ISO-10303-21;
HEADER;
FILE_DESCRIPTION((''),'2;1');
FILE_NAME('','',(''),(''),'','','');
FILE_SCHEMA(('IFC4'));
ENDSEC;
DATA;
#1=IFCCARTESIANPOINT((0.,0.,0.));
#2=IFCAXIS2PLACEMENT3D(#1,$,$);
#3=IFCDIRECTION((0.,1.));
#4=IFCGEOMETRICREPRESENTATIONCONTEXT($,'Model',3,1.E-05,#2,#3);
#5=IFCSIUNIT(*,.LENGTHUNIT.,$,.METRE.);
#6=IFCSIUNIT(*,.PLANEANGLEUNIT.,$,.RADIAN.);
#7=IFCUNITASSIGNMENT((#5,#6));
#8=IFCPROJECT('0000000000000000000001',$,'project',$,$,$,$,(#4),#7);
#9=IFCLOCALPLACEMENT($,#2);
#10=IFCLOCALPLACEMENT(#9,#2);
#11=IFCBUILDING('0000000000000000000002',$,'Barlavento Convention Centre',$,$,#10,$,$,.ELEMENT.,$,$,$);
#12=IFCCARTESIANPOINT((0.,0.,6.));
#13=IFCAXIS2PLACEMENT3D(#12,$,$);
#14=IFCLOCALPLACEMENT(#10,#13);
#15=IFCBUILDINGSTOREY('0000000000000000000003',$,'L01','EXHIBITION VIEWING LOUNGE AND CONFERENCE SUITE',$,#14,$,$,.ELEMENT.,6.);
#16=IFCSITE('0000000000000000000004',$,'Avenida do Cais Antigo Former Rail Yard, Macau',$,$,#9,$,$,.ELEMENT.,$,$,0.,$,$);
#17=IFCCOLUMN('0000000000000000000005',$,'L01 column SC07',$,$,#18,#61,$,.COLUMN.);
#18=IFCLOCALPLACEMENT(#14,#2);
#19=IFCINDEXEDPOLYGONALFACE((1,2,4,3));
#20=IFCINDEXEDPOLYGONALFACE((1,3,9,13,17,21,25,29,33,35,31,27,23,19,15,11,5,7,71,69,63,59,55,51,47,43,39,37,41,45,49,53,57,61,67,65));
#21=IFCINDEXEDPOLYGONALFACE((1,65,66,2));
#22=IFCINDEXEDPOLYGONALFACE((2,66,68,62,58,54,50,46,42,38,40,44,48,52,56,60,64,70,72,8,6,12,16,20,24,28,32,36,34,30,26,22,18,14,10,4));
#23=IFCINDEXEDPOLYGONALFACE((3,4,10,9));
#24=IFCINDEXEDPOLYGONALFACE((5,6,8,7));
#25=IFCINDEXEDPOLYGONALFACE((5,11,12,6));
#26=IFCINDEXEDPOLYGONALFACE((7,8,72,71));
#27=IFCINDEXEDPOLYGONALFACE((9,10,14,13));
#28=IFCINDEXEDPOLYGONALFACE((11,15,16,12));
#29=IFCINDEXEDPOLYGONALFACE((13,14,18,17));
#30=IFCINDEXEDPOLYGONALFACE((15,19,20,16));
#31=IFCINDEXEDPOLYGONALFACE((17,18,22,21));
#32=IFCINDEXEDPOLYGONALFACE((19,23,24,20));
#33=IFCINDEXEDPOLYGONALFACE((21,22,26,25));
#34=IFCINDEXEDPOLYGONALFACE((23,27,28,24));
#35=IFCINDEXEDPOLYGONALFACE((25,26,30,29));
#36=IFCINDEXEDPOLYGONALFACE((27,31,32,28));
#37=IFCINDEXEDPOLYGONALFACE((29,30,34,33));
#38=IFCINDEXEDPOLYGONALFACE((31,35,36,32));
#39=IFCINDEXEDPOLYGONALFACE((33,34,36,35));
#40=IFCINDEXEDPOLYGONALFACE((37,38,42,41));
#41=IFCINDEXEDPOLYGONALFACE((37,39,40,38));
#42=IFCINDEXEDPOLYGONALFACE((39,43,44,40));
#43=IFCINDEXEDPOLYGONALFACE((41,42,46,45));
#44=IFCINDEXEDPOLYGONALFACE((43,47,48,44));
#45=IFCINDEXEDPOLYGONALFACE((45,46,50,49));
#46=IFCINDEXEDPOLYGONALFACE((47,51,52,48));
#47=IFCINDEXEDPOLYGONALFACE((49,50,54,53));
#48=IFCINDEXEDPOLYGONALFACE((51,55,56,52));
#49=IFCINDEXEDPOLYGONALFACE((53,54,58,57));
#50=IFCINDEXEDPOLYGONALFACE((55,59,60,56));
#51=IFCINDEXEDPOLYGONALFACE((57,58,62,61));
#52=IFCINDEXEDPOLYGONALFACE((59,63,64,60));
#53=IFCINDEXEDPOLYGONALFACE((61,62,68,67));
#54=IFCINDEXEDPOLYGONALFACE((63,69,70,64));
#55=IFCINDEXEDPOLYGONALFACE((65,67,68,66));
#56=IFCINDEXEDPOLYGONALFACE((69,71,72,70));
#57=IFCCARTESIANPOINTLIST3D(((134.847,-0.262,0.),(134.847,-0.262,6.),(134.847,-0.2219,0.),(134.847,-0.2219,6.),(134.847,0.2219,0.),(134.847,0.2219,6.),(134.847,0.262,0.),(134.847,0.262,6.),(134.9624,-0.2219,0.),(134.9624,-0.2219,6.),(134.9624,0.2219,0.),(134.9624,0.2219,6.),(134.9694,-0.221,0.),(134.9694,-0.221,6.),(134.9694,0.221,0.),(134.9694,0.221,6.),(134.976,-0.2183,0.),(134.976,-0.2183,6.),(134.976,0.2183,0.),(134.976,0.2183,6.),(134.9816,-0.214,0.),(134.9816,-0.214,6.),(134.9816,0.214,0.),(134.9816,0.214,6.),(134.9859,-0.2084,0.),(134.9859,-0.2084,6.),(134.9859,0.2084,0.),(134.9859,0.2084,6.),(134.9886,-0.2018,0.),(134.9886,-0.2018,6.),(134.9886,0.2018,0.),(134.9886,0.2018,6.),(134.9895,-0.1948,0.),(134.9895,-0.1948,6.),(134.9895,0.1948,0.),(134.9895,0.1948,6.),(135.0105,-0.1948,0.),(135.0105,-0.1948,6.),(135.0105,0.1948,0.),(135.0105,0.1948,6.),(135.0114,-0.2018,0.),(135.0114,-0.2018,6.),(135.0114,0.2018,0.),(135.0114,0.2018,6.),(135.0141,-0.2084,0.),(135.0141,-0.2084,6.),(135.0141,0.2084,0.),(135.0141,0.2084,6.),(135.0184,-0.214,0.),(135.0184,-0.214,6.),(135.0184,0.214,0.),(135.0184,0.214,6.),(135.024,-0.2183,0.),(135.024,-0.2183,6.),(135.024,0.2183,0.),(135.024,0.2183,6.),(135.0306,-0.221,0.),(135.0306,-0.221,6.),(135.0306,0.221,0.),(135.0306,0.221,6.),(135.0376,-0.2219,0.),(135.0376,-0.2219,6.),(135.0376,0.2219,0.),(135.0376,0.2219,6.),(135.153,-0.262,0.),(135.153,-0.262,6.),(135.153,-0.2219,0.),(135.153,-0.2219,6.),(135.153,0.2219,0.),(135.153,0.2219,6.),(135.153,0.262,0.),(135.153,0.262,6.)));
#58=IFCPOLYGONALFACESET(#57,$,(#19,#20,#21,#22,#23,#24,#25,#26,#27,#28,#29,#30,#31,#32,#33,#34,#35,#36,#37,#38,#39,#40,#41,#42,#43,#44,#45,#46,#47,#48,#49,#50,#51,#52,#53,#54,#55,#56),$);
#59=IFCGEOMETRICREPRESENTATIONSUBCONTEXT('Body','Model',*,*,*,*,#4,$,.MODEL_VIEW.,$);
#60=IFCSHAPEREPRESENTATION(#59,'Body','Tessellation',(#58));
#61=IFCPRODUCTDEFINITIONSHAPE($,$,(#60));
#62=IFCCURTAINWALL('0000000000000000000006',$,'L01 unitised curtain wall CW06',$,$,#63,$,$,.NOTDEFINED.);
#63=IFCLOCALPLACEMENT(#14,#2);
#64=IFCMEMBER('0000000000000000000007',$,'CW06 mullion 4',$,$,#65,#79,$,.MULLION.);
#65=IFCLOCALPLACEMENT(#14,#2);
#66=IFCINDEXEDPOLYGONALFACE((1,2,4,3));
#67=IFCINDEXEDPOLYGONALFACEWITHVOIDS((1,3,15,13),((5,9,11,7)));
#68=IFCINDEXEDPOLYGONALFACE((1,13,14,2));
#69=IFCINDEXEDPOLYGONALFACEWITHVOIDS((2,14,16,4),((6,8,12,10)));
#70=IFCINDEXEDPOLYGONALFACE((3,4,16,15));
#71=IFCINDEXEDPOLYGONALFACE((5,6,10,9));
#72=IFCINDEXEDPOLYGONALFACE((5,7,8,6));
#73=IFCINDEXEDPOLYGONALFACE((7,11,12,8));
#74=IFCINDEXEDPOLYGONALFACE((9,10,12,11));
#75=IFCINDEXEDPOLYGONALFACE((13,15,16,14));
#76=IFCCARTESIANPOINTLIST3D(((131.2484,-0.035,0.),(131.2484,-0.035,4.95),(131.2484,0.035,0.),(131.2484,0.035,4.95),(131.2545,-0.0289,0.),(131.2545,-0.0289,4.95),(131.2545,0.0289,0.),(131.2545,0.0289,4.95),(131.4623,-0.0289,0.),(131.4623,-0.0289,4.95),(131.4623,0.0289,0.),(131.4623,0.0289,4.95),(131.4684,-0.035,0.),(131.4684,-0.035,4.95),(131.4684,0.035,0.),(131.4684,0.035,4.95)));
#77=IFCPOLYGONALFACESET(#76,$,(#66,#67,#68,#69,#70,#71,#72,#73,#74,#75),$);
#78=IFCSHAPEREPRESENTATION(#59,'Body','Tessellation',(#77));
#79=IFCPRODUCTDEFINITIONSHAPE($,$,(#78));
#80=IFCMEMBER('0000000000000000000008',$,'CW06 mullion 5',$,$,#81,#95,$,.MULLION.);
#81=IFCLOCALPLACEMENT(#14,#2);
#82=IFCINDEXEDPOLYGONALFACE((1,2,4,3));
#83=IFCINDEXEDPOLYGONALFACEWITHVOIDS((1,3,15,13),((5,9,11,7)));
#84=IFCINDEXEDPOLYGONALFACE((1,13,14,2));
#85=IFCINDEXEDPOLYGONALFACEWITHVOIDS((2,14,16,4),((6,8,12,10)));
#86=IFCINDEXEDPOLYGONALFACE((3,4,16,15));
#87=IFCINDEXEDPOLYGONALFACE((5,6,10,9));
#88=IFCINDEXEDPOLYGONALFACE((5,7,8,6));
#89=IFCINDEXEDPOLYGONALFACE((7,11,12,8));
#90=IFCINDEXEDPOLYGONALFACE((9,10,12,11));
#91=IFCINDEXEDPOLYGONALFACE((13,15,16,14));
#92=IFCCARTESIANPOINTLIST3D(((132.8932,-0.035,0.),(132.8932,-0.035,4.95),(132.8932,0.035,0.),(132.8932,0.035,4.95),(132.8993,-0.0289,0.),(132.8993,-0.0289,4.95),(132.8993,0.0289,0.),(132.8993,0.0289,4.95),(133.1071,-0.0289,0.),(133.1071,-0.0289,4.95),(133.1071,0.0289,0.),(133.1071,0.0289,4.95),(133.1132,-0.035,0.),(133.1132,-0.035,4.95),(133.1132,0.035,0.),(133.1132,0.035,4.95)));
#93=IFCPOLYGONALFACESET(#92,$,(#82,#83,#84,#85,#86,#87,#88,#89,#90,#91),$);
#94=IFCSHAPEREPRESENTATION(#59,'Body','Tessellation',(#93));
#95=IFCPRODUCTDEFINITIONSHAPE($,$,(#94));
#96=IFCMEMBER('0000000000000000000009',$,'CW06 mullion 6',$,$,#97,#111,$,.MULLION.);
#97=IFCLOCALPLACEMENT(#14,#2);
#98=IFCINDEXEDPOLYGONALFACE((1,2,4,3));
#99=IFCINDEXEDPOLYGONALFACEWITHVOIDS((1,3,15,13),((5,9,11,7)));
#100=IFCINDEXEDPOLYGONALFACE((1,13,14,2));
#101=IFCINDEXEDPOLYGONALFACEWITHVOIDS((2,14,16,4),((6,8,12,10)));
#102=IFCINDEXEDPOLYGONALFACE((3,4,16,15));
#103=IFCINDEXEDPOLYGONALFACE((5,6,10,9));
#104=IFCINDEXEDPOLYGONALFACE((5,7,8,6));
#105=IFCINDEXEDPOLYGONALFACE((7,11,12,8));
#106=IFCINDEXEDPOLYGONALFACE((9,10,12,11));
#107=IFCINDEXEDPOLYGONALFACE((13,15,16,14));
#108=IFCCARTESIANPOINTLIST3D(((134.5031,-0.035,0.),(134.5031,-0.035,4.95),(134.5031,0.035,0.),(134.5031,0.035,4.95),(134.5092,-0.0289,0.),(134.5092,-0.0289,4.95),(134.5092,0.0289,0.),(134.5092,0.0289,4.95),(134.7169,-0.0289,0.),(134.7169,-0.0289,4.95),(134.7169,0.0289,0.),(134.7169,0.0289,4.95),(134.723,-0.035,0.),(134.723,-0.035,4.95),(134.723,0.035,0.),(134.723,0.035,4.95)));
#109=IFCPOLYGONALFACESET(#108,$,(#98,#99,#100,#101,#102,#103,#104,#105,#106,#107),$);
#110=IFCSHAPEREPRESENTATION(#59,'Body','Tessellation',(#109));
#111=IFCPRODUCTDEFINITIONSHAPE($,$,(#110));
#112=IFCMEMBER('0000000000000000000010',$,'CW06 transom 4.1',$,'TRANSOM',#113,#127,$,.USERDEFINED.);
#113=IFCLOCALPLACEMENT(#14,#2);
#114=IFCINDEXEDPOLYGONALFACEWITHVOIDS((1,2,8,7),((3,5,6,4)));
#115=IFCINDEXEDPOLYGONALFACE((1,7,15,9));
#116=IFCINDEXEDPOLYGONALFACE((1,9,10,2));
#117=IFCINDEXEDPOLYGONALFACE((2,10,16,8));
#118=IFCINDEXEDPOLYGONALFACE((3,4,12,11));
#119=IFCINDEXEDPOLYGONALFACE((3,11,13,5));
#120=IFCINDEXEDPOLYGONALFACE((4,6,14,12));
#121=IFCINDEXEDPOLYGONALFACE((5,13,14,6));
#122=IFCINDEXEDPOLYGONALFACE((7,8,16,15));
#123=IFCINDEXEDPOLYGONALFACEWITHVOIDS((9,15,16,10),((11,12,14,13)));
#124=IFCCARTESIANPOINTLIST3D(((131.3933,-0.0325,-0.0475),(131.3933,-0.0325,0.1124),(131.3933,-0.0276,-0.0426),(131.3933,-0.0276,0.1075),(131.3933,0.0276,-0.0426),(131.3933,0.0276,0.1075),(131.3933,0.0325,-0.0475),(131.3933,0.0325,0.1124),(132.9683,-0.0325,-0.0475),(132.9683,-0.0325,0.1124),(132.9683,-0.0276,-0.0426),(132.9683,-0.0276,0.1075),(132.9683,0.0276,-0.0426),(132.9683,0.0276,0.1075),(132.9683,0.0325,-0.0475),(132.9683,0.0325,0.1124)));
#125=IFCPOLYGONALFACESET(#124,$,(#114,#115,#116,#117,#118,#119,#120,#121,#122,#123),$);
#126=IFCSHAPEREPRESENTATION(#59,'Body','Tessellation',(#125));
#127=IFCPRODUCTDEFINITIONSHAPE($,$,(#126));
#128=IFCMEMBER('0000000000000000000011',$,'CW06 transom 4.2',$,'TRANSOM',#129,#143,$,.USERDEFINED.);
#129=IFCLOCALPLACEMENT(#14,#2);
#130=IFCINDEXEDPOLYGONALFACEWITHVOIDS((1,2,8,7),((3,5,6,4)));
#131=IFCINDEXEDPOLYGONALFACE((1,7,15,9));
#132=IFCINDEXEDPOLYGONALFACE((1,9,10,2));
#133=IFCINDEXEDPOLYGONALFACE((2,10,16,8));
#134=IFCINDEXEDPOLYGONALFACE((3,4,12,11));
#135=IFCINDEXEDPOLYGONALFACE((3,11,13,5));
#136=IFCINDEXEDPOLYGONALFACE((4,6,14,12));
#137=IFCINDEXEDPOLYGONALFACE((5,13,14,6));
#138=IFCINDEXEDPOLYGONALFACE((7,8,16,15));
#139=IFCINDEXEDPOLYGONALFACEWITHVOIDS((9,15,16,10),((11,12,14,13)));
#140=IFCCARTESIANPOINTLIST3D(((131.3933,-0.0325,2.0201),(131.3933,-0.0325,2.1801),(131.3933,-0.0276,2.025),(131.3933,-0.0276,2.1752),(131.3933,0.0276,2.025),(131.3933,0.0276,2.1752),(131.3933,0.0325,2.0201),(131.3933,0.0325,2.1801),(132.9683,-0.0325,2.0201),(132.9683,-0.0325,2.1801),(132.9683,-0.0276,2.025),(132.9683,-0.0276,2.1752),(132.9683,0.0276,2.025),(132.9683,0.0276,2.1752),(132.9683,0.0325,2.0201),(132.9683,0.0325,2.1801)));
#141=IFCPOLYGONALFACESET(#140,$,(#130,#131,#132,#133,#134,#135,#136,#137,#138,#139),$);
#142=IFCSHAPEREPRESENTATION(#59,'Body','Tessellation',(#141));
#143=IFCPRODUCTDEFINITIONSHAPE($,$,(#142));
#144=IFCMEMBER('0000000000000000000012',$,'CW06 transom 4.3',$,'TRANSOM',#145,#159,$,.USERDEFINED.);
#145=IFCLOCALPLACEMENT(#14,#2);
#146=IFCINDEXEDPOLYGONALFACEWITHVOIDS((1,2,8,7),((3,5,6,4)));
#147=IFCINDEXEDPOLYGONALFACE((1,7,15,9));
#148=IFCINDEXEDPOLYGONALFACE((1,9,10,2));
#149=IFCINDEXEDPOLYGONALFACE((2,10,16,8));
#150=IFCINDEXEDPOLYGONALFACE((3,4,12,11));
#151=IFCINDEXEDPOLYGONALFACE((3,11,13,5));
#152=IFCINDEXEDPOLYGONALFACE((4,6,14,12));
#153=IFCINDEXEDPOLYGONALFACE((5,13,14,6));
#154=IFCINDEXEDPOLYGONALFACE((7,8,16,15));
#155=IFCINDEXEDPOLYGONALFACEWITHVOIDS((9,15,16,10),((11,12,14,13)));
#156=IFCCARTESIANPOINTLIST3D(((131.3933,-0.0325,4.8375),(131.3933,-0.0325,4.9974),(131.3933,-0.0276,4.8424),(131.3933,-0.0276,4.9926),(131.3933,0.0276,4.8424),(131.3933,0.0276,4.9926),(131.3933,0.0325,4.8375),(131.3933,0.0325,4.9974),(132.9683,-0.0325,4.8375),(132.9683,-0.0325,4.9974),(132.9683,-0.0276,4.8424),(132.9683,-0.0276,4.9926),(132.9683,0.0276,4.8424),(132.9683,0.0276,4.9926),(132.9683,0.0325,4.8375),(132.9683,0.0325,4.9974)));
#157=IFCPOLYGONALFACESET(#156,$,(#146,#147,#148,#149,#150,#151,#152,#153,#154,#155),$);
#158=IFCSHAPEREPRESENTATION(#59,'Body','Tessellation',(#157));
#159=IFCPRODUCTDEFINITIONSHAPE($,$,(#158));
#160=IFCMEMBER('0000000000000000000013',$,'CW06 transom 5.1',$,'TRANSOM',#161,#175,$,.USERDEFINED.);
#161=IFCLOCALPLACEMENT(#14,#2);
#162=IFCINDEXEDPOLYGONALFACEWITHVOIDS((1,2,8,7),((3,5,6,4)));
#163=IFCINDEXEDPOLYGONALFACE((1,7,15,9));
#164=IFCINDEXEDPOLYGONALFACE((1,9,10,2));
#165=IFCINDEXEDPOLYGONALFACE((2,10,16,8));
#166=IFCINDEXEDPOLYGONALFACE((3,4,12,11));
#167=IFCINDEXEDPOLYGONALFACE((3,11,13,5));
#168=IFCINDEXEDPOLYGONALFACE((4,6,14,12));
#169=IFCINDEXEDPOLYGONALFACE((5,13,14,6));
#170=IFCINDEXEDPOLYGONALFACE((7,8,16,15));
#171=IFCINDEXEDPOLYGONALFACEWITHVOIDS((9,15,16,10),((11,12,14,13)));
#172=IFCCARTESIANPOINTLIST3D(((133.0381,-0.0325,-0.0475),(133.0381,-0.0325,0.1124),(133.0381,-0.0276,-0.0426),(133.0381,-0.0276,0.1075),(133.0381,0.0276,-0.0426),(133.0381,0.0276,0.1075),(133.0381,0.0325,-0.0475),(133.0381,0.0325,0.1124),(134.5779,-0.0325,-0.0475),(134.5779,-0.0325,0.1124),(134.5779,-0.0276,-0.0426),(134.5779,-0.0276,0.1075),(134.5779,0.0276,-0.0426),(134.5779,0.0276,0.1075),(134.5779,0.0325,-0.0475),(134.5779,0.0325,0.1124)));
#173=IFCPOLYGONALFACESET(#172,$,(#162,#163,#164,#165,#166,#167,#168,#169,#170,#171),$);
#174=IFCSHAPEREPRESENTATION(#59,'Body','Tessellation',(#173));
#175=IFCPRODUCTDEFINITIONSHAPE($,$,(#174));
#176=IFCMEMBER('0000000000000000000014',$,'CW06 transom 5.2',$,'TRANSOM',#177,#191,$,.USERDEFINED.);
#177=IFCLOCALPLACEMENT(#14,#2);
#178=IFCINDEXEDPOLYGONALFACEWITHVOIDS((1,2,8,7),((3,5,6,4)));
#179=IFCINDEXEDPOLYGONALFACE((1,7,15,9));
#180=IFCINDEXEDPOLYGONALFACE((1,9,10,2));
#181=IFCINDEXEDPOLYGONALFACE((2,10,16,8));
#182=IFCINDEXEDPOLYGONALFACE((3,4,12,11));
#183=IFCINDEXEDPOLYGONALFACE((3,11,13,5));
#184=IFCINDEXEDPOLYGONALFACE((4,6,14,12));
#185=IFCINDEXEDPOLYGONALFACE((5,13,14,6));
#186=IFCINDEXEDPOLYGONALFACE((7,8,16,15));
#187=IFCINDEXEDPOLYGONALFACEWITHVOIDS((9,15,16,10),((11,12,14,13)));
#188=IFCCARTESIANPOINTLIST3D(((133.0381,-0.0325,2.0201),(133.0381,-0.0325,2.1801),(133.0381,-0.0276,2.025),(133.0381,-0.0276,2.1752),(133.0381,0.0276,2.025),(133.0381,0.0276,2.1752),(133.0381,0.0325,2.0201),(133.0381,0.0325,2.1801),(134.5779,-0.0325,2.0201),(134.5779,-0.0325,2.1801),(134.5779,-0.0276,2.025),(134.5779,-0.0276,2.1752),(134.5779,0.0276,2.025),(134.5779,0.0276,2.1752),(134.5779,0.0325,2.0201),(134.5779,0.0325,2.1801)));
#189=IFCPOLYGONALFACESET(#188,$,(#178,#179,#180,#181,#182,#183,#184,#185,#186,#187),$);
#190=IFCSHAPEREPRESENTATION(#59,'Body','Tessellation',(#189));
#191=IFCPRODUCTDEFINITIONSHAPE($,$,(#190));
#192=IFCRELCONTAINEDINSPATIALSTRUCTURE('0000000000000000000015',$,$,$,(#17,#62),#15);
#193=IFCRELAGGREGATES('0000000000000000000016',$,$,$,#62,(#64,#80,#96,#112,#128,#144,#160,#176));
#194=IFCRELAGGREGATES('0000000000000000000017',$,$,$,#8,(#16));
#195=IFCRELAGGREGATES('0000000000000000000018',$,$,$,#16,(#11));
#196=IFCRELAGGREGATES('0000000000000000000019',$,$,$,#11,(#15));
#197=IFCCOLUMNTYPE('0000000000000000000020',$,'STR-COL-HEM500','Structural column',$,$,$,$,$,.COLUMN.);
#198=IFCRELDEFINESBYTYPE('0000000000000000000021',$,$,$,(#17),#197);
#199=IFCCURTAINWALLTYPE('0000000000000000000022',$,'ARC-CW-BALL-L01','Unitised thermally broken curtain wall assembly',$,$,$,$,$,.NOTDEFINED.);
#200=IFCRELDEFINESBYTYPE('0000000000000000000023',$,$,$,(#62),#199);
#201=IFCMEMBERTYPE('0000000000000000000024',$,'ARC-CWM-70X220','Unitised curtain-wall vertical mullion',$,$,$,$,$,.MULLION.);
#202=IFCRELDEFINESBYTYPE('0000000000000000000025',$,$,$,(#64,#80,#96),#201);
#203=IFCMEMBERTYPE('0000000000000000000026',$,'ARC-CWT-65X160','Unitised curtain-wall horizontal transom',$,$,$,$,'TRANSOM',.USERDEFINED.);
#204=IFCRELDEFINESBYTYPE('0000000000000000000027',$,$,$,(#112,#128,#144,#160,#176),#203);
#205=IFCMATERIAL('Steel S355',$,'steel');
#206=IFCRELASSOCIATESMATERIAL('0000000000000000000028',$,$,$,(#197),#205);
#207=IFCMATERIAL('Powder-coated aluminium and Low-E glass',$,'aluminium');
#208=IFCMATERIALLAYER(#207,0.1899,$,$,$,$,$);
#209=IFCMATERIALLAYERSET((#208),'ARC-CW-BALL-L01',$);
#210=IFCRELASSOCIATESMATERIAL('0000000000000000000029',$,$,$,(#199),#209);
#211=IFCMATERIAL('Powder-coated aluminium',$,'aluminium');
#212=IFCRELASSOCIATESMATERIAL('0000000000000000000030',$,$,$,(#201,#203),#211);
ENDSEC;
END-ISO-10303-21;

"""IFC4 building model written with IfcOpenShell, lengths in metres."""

from ifc_helpers import new_model, si_unit, direction, frame, origin, origin_2d, place, context, subcontext, project, spatial, hollow_rectangle, i_section, extrude, material, layer, layer_set, material_profile, profile_set, type_object, element, aggregate, save


model = new_model("IFC4")

# Units and contexts
model_context = context("Model", 3, precision=1e-05, world=origin(), true_north=direction((0.0, 1.0)))
body_context = subcontext(model_context, "Body", "Model", "MODEL_VIEW")
ifc_project = project(units=[si_unit("LENGTHUNIT", "METRE"), si_unit("PLANEANGLEUNIT", "RADIAN")], contexts=[model_context])

# Site, building, storey
site_placement = place(None, origin())
site = spatial("IfcSite", under=ifc_project, at=site_placement, Name="Avenida do Cais Antigo Former Rail Yard, Macau", CompositionType="ELEMENT", RefElevation=0.0)
building_placement = place(site_placement, origin())
building = spatial("IfcBuilding", under=site, at=building_placement, Name="Barlavento Convention Centre", CompositionType="ELEMENT")
storey_placement = place(building_placement, frame((0.0, 0.0, 6.0)))
storey = spatial("IfcBuildingStorey", under=building, at=storey_placement, Name="L01", Description="EXHIBITION VIEWING LOUNGE AND CONFERENCE SUITE", CompositionType="ELEMENT", Elevation=6.0)

# Column
ifc_material_1 = material(Name="Steel S355", Category="steel")
ifc_material_profile_1 = material_profile(ifc_material_1, i_section(OverallWidth=0.3059, OverallDepth=0.5239, WebThickness=0.021, FlangeThickness=0.04, FilletRadius=0.0271, at=origin_2d()), Name="HEM 500")
ifc_profile_set_1 = profile_set([ifc_material_profile_1], Name="Steel S355")
column_type = type_object("IfcColumnType", Name="STR-COL-HEM500", Description="Structural column", PredefinedType="COLUMN", material=ifc_profile_set_1)
column_placement = place(storey_placement, frame((135.0, 0.0, 0.0), z_axis=(0.0, 0.0, 1.0), x_axis=(1.0, 0.0, 0.0)))
element("IfcColumn", 1, at=column_placement, inside=storey, type_object=column_type, Name="L01 column SC07", PredefinedType="COLUMN", context=body_context, shape_type="SweptSolid", body=[
    extrude(i_section(OverallWidth=0.3059, OverallDepth=0.5239, WebThickness=0.021, FlangeThickness=0.04, FilletRadius=0.0271, at=origin_2d()), origin(), (0.0, 0.0, 1.0), 6.0),
])

# Curtain wall, members
ifc_material_2 = material(Name="Powder-coated aluminium and Low-E glass", Category="aluminium")
ifc_layer_1 = layer(ifc_material_2, 0.1899)
ifc_layer_set_1 = layer_set([ifc_layer_1], Name="ARC-CW-BALL-L01")
curtain_wall_type = type_object("IfcCurtainWallType", Name="ARC-CW-BALL-L01", Description="Unitised thermally broken curtain wall assembly", PredefinedType="NOTDEFINED", material=ifc_layer_set_1)
curtain_wall_placement = place(storey_placement, origin())
curtain_wall = element("IfcCurtainWall", 2, at=curtain_wall_placement, inside=storey, type_object=curtain_wall_type, Name="L01 unitised curtain wall CW06", PredefinedType="NOTDEFINED")
ifc_material_3 = material(Name="Powder-coated aluminium", Category="aluminium")
ifc_material_profile_2 = material_profile(ifc_material_3, hollow_rectangle(XDim=0.0701, YDim=0.22, WallThickness=0.0061, at=origin_2d()), Name="AL-MULL 70x220x6")
ifc_profile_set_2 = profile_set([ifc_material_profile_2], Name="Powder-coated aluminium")
member_type_1 = type_object("IfcMemberType", Name="ARC-CWM-70X220", Description="Unitised curtain-wall vertical mullion", PredefinedType="MULLION", material=ifc_profile_set_2)
member_1_placement = place(storey_placement, frame((131.3584, 0.0, 0.0), z_axis=(0.0, 0.0, 1.0), x_axis=(0.0, 1.0, 0.0)))
member_1 = element("IfcMember", 3, at=member_1_placement, type_object=member_type_1, Name="CW06 mullion 4", PredefinedType="MULLION", context=body_context, shape_type="SweptSolid", body=[
    extrude(hollow_rectangle(XDim=0.0701, YDim=0.22, WallThickness=0.0061, at=origin_2d()), origin(), (0.0, 0.0, 1.0), 4.95),
])
member_2_placement = place(storey_placement, frame((133.0032, 0.0, 0.0), z_axis=(0.0, 0.0, 1.0), x_axis=(0.0, 1.0, 0.0)))
member_2 = element("IfcMember", 4, at=member_2_placement, type_object=member_type_1, Name="CW06 mullion 5", PredefinedType="MULLION", context=body_context, shape_type="SweptSolid", body=[
    extrude(hollow_rectangle(XDim=0.0701, YDim=0.22, WallThickness=0.0061, at=origin_2d()), origin(), (0.0, 0.0, 1.0), 4.95),
])
member_3_placement = place(storey_placement, frame((134.613, 0.0, 0.0), z_axis=(0.0, 0.0, 1.0), x_axis=(0.0, 1.0, 0.0)))
member_3 = element("IfcMember", 5, at=member_3_placement, type_object=member_type_1, Name="CW06 mullion 6", PredefinedType="MULLION", context=body_context, shape_type="SweptSolid", body=[
    extrude(hollow_rectangle(XDim=0.0701, YDim=0.22, WallThickness=0.0061, at=origin_2d()), origin(), (0.0, 0.0, 1.0), 4.95),
])
ifc_material_profile_3 = material_profile(ifc_material_3, hollow_rectangle(XDim=0.0649, YDim=0.1599, WallThickness=0.0049, at=origin_2d()), Name="AL-TRAN 65x160x5")
ifc_profile_set_3 = profile_set([ifc_material_profile_3], Name="Powder-coated aluminium")
member_type_2 = type_object("IfcMemberType", Name="ARC-CWT-65X160", Description="Unitised curtain-wall horizontal transom", ElementType="TRANSOM", PredefinedType="USERDEFINED", material=ifc_profile_set_3)
member_4_placement = place(storey_placement, frame((131.3933, 0.0, 0.0325), z_axis=(1.0, 0.0, 0.0), x_axis=(0.0, 1.0, 0.0)))
member_4 = element("IfcMember", 6, at=member_4_placement, type_object=member_type_2, Name="CW06 transom 4.1", ObjectType="TRANSOM", PredefinedType="USERDEFINED", context=body_context, shape_type="SweptSolid", body=[
    extrude(hollow_rectangle(XDim=0.0649, YDim=0.1599, WallThickness=0.0049, at=origin_2d()), origin(), (0.0, 0.0, 1.0), 1.575),
])
member_5_placement = place(storey_placement, frame((131.3933, 0.0, 2.1001), z_axis=(1.0, 0.0, 0.0), x_axis=(0.0, 1.0, 0.0)))
member_5 = element("IfcMember", 7, at=member_5_placement, type_object=member_type_2, Name="CW06 transom 4.2", ObjectType="TRANSOM", PredefinedType="USERDEFINED", context=body_context, shape_type="SweptSolid", body=[
    extrude(hollow_rectangle(XDim=0.0649, YDim=0.1599, WallThickness=0.0049, at=origin_2d()), origin(), (0.0, 0.0, 1.0), 1.575),
])
member_6_placement = place(storey_placement, frame((131.3933, 0.0, 4.9175), z_axis=(1.0, 0.0, 0.0), x_axis=(0.0, 1.0, 0.0)))
member_6 = element("IfcMember", 8, at=member_6_placement, type_object=member_type_2, Name="CW06 transom 4.3", ObjectType="TRANSOM", PredefinedType="USERDEFINED", context=body_context, shape_type="SweptSolid", body=[
    extrude(hollow_rectangle(XDim=0.0649, YDim=0.1599, WallThickness=0.0049, at=origin_2d()), origin(), (0.0, 0.0, 1.0), 1.575),
])
member_7_placement = place(storey_placement, frame((133.0381, 0.0, 0.0325), z_axis=(1.0, 0.0, 0.0), x_axis=(0.0, 1.0, 0.0)))
member_7 = element("IfcMember", 9, at=member_7_placement, type_object=member_type_2, Name="CW06 transom 5.1", ObjectType="TRANSOM", PredefinedType="USERDEFINED", context=body_context, shape_type="SweptSolid", body=[
    extrude(hollow_rectangle(XDim=0.0649, YDim=0.1599, WallThickness=0.0049, at=origin_2d()), origin(), (0.0, 0.0, 1.0), 1.5398),
])
member_8_placement = place(storey_placement, frame((133.0381, 0.0, 2.1001), z_axis=(1.0, 0.0, 0.0), x_axis=(0.0, 1.0, 0.0)))
member_8 = element("IfcMember", 10, at=member_8_placement, type_object=member_type_2, Name="CW06 transom 5.2", ObjectType="TRANSOM", PredefinedType="USERDEFINED", context=body_context, shape_type="SweptSolid", body=[
    extrude(hollow_rectangle(XDim=0.0649, YDim=0.1599, WallThickness=0.0049, at=origin_2d()), origin(), (0.0, 0.0, 1.0), 1.5398),
])

aggregate(curtain_wall, [member_1, member_2, member_3, member_4, member_5, member_6, member_7, member_8])

save(model, "model.ifc")
